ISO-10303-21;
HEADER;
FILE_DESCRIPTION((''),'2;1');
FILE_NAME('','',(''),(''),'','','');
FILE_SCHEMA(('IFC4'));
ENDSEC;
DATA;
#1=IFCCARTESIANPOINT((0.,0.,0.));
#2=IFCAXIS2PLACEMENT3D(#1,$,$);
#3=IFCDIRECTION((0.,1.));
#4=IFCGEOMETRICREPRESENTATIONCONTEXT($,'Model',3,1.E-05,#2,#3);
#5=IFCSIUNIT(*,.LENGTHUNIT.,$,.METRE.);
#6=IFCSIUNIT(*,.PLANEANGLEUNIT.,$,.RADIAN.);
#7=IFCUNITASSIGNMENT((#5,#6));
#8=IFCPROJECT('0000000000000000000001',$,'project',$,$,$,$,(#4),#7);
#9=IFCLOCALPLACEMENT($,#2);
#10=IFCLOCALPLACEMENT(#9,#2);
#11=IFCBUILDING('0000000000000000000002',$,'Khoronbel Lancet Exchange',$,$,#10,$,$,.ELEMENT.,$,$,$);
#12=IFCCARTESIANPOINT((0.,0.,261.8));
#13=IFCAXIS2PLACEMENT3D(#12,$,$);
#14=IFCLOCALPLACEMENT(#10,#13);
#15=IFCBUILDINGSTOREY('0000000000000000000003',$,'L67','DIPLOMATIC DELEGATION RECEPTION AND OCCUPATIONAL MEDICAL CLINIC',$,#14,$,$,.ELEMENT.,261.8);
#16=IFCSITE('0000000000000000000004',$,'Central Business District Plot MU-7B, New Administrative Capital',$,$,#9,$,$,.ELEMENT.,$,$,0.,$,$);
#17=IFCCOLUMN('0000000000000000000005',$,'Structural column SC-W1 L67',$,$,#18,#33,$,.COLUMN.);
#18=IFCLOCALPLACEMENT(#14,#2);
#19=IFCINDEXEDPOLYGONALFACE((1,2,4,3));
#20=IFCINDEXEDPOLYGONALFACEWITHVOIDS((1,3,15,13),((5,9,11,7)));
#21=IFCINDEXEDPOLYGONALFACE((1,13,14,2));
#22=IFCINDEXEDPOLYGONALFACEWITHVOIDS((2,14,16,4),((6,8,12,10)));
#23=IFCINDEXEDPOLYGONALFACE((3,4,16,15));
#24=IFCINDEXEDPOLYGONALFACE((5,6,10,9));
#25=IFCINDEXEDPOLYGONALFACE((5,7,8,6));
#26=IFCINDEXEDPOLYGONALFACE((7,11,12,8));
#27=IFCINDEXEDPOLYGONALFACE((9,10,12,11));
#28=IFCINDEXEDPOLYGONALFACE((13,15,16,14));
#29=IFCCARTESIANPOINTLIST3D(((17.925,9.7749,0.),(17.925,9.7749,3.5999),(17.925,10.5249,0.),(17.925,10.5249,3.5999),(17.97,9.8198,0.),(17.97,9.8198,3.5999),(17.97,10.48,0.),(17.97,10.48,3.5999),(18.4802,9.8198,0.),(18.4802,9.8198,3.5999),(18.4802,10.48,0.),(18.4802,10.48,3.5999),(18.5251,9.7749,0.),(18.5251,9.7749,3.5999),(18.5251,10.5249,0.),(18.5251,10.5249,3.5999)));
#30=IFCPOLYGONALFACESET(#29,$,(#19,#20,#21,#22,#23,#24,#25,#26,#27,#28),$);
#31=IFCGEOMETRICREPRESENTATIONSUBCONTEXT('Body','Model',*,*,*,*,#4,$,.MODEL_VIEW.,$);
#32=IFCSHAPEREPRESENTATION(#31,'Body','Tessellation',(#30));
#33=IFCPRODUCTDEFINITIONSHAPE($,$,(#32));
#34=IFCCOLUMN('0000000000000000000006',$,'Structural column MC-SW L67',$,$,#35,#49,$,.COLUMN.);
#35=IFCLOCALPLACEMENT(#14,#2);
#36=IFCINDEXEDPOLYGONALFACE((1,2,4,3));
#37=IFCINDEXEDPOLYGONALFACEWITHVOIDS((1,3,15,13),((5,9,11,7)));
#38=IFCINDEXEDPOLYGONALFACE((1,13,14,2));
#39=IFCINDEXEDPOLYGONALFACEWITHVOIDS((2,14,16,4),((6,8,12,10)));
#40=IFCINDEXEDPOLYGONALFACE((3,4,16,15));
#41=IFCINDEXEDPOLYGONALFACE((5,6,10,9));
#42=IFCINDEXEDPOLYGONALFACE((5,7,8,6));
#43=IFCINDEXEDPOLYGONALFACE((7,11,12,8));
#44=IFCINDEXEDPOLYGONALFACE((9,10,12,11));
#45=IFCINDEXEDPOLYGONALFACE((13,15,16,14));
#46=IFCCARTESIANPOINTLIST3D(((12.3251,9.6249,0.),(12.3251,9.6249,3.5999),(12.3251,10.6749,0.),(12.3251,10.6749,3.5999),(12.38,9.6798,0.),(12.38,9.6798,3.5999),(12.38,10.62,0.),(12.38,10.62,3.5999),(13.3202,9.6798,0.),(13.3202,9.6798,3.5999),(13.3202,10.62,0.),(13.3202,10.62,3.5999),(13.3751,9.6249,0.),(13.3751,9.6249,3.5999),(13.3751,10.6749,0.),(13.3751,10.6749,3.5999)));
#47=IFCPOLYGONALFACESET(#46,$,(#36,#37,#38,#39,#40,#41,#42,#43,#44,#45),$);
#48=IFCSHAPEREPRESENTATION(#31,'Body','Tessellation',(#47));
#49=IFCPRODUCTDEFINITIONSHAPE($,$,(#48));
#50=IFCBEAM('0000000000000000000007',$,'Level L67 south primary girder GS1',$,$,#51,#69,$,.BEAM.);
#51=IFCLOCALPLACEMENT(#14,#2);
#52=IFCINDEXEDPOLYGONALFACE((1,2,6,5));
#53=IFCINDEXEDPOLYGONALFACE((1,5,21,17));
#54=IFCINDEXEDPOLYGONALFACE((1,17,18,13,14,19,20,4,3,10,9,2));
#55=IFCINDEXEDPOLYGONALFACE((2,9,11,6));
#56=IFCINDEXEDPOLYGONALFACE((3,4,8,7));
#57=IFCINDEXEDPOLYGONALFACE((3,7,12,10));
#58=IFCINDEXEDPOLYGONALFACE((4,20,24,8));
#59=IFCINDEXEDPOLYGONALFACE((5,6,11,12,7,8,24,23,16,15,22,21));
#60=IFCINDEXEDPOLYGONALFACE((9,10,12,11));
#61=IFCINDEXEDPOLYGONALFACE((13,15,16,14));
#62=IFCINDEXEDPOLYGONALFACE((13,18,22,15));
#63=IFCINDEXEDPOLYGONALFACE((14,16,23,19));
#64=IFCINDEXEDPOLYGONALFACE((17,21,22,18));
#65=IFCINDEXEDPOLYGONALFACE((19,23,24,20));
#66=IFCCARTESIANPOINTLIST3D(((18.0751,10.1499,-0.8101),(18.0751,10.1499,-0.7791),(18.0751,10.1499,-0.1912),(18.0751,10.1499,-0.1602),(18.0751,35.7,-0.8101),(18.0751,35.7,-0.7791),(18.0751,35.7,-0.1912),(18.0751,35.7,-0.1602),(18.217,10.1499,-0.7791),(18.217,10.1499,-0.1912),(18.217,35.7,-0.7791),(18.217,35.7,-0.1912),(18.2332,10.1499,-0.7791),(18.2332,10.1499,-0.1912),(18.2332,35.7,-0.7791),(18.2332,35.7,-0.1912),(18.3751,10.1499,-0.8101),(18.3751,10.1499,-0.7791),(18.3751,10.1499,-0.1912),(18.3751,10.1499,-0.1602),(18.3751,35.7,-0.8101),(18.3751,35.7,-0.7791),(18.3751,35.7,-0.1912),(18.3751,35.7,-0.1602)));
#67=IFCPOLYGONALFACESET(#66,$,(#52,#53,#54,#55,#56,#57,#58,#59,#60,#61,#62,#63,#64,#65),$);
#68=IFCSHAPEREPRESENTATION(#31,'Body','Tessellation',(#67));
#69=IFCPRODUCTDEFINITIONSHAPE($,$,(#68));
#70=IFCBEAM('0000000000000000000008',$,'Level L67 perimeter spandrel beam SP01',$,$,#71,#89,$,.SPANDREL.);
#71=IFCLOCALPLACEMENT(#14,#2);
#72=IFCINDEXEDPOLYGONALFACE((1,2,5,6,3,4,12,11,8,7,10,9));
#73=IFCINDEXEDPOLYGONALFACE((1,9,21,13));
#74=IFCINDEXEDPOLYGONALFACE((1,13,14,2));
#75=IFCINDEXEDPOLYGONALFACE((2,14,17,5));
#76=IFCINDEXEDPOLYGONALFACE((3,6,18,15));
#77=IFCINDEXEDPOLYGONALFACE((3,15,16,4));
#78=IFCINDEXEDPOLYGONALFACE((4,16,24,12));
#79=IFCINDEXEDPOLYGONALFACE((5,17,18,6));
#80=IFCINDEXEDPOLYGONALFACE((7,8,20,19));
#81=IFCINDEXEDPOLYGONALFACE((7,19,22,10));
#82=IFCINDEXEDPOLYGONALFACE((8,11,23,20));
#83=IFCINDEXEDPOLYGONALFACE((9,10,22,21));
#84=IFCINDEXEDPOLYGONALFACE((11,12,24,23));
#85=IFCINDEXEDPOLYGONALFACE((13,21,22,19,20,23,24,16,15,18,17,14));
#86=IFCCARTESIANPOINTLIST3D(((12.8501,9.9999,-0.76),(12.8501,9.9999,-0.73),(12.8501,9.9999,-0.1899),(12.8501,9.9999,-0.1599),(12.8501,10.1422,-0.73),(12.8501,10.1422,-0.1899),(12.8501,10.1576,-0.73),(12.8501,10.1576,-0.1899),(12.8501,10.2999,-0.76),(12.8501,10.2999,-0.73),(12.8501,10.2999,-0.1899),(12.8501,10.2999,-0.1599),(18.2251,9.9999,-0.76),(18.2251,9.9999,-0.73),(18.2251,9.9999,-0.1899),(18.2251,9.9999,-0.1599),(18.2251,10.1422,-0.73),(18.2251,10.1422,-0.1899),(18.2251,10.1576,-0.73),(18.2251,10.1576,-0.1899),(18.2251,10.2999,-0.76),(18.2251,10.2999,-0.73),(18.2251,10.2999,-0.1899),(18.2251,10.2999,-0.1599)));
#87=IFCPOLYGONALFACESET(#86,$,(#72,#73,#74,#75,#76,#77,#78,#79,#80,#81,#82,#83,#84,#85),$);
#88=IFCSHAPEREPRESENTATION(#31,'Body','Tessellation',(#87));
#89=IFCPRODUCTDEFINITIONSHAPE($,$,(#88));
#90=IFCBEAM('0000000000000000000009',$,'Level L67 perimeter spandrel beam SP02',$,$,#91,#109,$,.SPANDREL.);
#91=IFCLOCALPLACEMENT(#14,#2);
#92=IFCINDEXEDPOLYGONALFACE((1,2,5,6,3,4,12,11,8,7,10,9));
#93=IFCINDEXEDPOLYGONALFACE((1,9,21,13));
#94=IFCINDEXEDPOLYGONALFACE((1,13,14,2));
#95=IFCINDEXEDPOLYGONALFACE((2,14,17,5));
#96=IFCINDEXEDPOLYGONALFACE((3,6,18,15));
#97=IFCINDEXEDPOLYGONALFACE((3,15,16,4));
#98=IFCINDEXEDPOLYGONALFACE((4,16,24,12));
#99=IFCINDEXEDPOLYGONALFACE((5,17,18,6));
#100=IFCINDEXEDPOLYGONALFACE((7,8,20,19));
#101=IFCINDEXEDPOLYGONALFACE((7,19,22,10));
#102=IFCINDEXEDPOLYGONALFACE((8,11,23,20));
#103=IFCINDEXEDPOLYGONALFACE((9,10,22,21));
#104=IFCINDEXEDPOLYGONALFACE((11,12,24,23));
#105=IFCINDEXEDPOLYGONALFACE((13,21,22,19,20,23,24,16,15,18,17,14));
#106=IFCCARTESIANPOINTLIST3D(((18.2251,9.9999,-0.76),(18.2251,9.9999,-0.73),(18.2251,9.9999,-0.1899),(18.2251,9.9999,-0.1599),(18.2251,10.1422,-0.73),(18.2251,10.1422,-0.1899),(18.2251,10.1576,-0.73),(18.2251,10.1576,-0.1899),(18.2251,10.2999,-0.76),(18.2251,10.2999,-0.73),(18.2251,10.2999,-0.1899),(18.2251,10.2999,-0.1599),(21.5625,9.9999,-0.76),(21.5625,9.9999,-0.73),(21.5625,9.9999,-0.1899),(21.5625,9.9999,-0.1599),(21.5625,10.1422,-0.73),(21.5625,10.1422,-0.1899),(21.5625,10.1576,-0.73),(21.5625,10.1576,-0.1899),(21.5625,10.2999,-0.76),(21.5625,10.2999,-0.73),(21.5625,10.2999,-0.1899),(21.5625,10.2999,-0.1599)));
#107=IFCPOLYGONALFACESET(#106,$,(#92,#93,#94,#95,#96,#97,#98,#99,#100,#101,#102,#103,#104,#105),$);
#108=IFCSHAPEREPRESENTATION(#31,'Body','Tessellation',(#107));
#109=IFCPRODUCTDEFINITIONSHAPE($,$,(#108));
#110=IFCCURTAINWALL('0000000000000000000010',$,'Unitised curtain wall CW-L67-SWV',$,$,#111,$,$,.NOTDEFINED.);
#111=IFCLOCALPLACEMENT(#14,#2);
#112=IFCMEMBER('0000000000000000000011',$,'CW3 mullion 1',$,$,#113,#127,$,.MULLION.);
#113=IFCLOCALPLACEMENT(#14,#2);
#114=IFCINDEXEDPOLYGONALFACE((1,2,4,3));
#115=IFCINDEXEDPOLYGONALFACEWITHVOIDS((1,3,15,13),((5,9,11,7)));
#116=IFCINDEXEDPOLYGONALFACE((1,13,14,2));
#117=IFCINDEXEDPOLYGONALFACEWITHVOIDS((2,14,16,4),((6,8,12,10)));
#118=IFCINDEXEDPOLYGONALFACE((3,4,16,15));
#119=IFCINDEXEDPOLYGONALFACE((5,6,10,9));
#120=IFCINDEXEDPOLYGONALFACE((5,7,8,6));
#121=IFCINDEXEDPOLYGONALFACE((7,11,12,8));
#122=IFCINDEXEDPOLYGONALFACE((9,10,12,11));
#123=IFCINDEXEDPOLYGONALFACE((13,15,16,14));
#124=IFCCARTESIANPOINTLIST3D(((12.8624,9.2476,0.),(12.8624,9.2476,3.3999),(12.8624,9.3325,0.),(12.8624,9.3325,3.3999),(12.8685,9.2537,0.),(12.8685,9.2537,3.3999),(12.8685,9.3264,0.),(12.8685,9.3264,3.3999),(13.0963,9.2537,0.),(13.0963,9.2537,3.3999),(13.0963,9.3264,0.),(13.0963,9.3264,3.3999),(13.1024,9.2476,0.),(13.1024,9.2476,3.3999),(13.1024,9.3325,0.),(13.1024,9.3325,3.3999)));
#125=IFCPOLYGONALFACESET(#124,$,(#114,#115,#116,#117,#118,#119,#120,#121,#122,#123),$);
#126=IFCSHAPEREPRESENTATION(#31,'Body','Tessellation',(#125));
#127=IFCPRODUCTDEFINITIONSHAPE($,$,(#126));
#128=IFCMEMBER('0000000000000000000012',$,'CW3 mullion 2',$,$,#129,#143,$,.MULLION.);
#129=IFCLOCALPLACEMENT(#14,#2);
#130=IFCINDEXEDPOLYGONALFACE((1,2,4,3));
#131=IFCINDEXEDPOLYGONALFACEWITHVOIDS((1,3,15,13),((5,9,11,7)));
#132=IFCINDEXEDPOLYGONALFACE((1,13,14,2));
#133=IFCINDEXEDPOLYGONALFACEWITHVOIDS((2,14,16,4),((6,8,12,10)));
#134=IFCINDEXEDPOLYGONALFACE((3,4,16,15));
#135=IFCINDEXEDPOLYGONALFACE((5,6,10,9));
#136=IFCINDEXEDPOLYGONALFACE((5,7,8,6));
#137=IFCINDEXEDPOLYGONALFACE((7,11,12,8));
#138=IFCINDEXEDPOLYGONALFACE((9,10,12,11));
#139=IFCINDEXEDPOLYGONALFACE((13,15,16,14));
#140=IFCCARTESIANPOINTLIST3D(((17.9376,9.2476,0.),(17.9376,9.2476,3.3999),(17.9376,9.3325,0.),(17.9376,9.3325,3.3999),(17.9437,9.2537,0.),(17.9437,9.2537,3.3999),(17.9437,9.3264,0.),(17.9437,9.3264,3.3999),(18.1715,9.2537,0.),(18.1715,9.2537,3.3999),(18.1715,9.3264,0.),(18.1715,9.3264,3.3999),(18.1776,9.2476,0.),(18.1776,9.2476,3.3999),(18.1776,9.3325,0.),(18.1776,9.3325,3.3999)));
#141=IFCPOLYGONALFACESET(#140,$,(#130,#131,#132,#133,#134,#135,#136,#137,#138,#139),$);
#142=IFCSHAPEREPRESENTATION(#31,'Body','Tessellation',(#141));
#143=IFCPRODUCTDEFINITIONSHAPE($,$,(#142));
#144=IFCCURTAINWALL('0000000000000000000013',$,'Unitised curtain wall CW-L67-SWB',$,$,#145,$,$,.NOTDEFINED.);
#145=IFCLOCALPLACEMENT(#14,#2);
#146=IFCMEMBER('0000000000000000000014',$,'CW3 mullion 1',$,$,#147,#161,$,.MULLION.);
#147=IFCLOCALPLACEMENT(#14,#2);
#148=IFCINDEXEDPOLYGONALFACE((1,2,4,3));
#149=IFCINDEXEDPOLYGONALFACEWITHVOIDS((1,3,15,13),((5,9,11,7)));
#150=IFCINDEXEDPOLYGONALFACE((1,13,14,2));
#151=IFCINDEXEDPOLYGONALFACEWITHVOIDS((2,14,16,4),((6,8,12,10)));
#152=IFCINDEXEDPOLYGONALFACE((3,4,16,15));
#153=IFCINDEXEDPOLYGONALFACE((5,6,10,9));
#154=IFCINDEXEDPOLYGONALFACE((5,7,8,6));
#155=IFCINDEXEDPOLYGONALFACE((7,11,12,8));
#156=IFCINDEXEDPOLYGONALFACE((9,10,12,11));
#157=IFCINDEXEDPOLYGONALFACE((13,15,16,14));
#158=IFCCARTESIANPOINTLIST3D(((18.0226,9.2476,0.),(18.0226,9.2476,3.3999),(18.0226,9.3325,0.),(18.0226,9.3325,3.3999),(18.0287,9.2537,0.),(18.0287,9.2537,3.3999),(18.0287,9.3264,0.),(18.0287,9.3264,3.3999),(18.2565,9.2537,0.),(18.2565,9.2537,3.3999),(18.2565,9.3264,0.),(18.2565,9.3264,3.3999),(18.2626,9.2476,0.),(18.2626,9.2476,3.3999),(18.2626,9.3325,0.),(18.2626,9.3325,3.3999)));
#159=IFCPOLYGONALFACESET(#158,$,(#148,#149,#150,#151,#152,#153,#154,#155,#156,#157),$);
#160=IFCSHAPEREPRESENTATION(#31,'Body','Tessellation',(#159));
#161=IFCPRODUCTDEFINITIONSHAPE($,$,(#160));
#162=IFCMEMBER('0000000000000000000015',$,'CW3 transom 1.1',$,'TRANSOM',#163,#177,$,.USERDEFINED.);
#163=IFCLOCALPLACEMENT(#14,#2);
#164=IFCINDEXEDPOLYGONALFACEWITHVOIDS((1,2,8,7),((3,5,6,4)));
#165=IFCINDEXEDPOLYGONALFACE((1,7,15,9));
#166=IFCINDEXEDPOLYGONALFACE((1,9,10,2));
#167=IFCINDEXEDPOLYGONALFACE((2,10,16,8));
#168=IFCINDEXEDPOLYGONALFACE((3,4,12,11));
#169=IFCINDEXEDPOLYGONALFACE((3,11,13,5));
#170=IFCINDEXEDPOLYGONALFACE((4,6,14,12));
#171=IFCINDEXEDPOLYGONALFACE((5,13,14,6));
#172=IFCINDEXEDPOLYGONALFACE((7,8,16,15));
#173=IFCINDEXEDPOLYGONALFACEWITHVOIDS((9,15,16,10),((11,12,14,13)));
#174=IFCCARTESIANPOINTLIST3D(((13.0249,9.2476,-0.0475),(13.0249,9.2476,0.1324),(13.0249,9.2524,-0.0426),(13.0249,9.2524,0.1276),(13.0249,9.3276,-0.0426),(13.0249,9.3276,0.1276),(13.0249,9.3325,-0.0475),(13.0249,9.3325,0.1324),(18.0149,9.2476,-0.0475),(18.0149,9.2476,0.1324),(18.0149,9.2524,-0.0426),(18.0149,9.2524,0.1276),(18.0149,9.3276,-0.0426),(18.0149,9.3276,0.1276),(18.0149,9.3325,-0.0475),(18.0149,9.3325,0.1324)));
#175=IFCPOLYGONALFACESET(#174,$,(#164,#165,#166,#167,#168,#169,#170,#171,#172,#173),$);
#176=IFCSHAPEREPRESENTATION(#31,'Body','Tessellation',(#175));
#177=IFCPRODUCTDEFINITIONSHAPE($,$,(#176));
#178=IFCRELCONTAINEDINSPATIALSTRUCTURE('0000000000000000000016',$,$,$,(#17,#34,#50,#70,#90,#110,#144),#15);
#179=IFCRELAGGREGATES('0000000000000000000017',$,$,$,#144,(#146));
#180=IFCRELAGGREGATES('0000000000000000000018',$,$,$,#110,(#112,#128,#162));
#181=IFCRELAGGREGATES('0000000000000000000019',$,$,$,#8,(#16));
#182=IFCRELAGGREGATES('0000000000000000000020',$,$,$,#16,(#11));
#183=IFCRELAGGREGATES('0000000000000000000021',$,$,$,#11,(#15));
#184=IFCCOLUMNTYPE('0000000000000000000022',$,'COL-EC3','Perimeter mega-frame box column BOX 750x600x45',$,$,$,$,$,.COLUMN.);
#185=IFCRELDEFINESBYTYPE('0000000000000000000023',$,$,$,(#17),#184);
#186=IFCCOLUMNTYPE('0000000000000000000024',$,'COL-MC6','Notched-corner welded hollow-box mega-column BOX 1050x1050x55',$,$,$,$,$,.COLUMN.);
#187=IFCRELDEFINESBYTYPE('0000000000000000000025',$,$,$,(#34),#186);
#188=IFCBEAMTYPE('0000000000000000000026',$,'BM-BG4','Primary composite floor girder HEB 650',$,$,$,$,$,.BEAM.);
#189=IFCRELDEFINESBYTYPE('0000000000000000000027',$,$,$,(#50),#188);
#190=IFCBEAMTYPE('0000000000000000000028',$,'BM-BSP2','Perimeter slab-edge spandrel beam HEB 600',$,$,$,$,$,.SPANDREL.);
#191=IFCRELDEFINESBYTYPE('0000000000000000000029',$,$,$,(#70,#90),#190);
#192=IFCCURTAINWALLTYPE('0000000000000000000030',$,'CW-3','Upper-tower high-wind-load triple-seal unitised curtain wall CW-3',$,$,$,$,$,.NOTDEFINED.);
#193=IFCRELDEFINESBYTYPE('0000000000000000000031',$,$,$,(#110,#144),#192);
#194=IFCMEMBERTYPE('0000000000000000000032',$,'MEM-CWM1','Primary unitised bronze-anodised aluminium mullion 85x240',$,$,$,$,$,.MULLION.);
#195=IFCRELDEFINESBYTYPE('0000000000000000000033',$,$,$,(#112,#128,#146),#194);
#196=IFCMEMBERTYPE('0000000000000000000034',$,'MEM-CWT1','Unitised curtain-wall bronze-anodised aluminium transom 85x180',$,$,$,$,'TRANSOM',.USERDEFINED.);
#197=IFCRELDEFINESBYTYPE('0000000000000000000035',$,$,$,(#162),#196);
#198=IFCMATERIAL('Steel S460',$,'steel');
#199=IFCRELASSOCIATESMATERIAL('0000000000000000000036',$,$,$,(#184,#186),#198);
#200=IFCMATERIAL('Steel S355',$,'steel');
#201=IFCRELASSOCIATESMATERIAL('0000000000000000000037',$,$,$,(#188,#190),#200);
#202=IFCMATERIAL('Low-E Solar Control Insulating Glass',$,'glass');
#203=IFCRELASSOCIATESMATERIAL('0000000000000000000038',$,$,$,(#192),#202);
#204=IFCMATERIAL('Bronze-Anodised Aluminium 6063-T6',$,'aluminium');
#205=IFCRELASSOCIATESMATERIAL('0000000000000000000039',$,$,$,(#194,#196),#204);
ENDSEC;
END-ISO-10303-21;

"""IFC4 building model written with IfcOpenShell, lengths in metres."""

from ifc_helpers import new_model, si_unit, direction, frame, origin, origin_2d, place, context, subcontext, project, spatial, hollow_rectangle, i_section, extrude, material, material_profile, profile_set, type_object, element, aggregate, save


model = new_model("IFC4")

# Units and contexts
model_context = context("Model", 3, precision=1e-05, world=origin(), true_north=direction((0.0, 1.0)))
body_context = subcontext(model_context, "Body", "Model", "MODEL_VIEW")
ifc_project = project(units=[si_unit("LENGTHUNIT", "METRE"), si_unit("PLANEANGLEUNIT", "RADIAN")], contexts=[model_context])

# Site, building, storey
site_placement = place(None, origin())
site = spatial("IfcSite", under=ifc_project, at=site_placement, Name="Central Business District Plot MU-7B, New Administrative Capital", CompositionType="ELEMENT", RefElevation=0.0)
building_placement = place(site_placement, origin())
building = spatial("IfcBuilding", under=site, at=building_placement, Name="Khoronbel Lancet Exchange", CompositionType="ELEMENT")
storey_placement = place(building_placement, frame((0.0, 0.0, 261.8)))
storey = spatial("IfcBuildingStorey", under=building, at=storey_placement, Name="L67", Description="DIPLOMATIC DELEGATION RECEPTION AND OCCUPATIONAL MEDICAL CLINIC", CompositionType="ELEMENT", Elevation=261.8)

# Columns
ifc_material_1 = material(Name="Steel S460", Category="steel")
ifc_material_profile_1 = material_profile(ifc_material_1, hollow_rectangle(XDim=0.6001, YDim=0.75, WallThickness=0.0449, at=origin_2d()), Name="BOX 750x600x45")
ifc_profile_set_1 = profile_set([ifc_material_profile_1], Name="Steel S460")
column_type_1 = type_object("IfcColumnType", Name="COL-EC3", Description="Perimeter mega-frame box column BOX 750x600x45", PredefinedType="COLUMN", material=ifc_profile_set_1)
column_1_placement = place(storey_placement, frame((18.2251, 10.1499, 0.0), z_axis=(0.0, 0.0, 1.0), x_axis=(1.0, 0.0, 0.0)))
element("IfcColumn", 1, at=column_1_placement, inside=storey, type_object=column_type_1, Name="Structural column SC-W1 L67", PredefinedType="COLUMN", context=body_context, shape_type="SweptSolid", body=[
    extrude(hollow_rectangle(XDim=0.6001, YDim=0.75, WallThickness=0.0449, at=origin_2d()), origin(), (0.0, 0.0, 1.0), 3.5999),
])
ifc_material_profile_2 = material_profile(ifc_material_1, hollow_rectangle(XDim=1.05, YDim=1.05, WallThickness=0.0549, at=origin_2d()), Name="BOX 1050x1050x55")
ifc_profile_set_2 = profile_set([ifc_material_profile_2], Name="Steel S460")
column_type_2 = type_object("IfcColumnType", Name="COL-MC6", Description="Notched-corner welded hollow-box mega-column BOX 1050x1050x55", PredefinedType="COLUMN", material=ifc_profile_set_2)
column_2_placement = place(storey_placement, frame((12.8501, 10.1499, 0.0), z_axis=(0.0, 0.0, 1.0), x_axis=(1.0, 0.0, 0.0)))
element("IfcColumn", 2, at=column_2_placement, inside=storey, type_object=column_type_2, Name="Structural column MC-SW L67", PredefinedType="COLUMN", context=body_context, shape_type="SweptSolid", body=[
    extrude(hollow_rectangle(XDim=1.05, YDim=1.05, WallThickness=0.0549, at=origin_2d()), origin(), (0.0, 0.0, 1.0), 3.5999),
])

# Beams
ifc_material_2 = material(Name="Steel S355", Category="steel")
ifc_material_profile_3 = material_profile(ifc_material_2, i_section(OverallWidth=0.3, OverallDepth=0.6499, WebThickness=0.0161, FlangeThickness=0.031, at=origin_2d()), Name="HEB 650")
ifc_profile_set_3 = profile_set([ifc_material_profile_3], Name="Steel S355")
beam_type_1 = type_object("IfcBeamType", Name="BM-BG4", Description="Primary composite floor girder HEB 650", PredefinedType="BEAM", material=ifc_profile_set_3)
beam_1_placement = place(storey_placement, frame((18.2251, 10.1499, -0.4851), z_axis=(0.0, 1.0, 0.0), x_axis=(-1.0, 0.0, 0.0)))
element("IfcBeam", 3, at=beam_1_placement, inside=storey, type_object=beam_type_1, Name="Level L67 south primary girder GS1", PredefinedType="BEAM", context=body_context, shape_type="SweptSolid", body=[
    extrude(i_section(OverallWidth=0.3, OverallDepth=0.6499, WebThickness=0.0161, FlangeThickness=0.031, at=origin_2d()), origin(), (0.0, 0.0, 1.0), 25.55),
])
ifc_material_profile_4 = material_profile(ifc_material_2, i_section(OverallWidth=0.3, OverallDepth=0.6001, WebThickness=0.0154, FlangeThickness=0.03, at=origin_2d()), Name="HEB 600")
ifc_profile_set_4 = profile_set([ifc_material_profile_4], Name="Steel S355")
beam_type_2 = type_object("IfcBeamType", Name="BM-BSP2", Description="Perimeter slab-edge spandrel beam HEB 600", PredefinedType="SPANDREL", material=ifc_profile_set_4)
beam_2_placement = place(storey_placement, frame((12.8501, 10.1499, -0.46), z_axis=(1.0, 0.0, 0.0), x_axis=(0.0, 1.0, 0.0)))
element("IfcBeam", 4, at=beam_2_placement, inside=storey, type_object=beam_type_2, Name="Level L67 perimeter spandrel beam SP01", PredefinedType="SPANDREL", context=body_context, shape_type="SweptSolid", body=[
    extrude(i_section(OverallWidth=0.3, OverallDepth=0.6001, WebThickness=0.0154, FlangeThickness=0.03, at=origin_2d()), origin(), (0.0, 0.0, 1.0), 5.375),
])
beam_3_placement = place(storey_placement, frame((18.2251, 10.1499, -0.46), z_axis=(1.0, 0.0, 0.0), x_axis=(0.0, 1.0, 0.0)))
element("IfcBeam", 5, at=beam_3_placement, inside=storey, type_object=beam_type_2, Name="Level L67 perimeter spandrel beam SP02", PredefinedType="SPANDREL", context=body_context, shape_type="SweptSolid", body=[
    extrude(i_section(OverallWidth=0.3, OverallDepth=0.6001, WebThickness=0.0154, FlangeThickness=0.03, at=origin_2d()), origin(), (0.0, 0.0, 1.0), 3.3374),
])

# Curtain wall, members
ifc_material_3 = material(Name="Low-E Solar Control Insulating Glass", Category="glass")
curtain_wall_type = type_object("IfcCurtainWallType", Name="CW-3", Description="Upper-tower high-wind-load triple-seal unitised curtain wall CW-3", PredefinedType="NOTDEFINED", material=ifc_material_3)
curtain_wall_1_placement = place(storey_placement, origin())
curtain_wall_1 = element("IfcCurtainWall", 6, at=curtain_wall_1_placement, inside=storey, type_object=curtain_wall_type, Name="Unitised curtain wall CW-L67-SWV", PredefinedType="NOTDEFINED")
ifc_material_4 = material(Name="Bronze-Anodised Aluminium 6063-T6", Category="aluminium")
ifc_material_profile_5 = material_profile(ifc_material_4, hollow_rectangle(XDim=0.085, YDim=0.24, WallThickness=0.0061, at=origin_2d()), Name="ALU MULLION 85x240")
ifc_profile_set_5 = profile_set([ifc_material_profile_5], Name="Bronze-Anodised Aluminium 6063-T6")
member_type_1 = type_object("IfcMemberType", Name="MEM-CWM1", Description="Primary unitised bronze-anodised aluminium mullion 85x240", PredefinedType="MULLION", material=ifc_profile_set_5)
member_1_placement = place(storey_placement, frame((12.9824, 9.29, 0.0), z_axis=(0.0, 0.0, 1.0), x_axis=(0.0, 1.0, 0.0)))
member_1 = element("IfcMember", 7, at=member_1_placement, type_object=member_type_1, Name="CW3 mullion 1", PredefinedType="MULLION", context=body_context, shape_type="SweptSolid", body=[
    extrude(hollow_rectangle(XDim=0.085, YDim=0.24, WallThickness=0.0061, at=origin_2d()), origin(), (0.0, 0.0, 1.0), 3.3999),
])
member_2_placement = place(storey_placement, frame((18.0576, 9.29, 0.0), z_axis=(0.0, 0.0, 1.0), x_axis=(0.0, 1.0, 0.0)))
member_2 = element("IfcMember", 8, at=member_2_placement, type_object=member_type_1, Name="CW3 mullion 2", PredefinedType="MULLION", context=body_context, shape_type="SweptSolid", body=[
    extrude(hollow_rectangle(XDim=0.085, YDim=0.24, WallThickness=0.0061, at=origin_2d()), origin(), (0.0, 0.0, 1.0), 3.3999),
])

# Curtain wall, member
curtain_wall_2_placement = place(storey_placement, origin())
curtain_wall_2 = element("IfcCurtainWall", 9, at=curtain_wall_2_placement, inside=storey, type_object=curtain_wall_type, Name="Unitised curtain wall CW-L67-SWB", PredefinedType="NOTDEFINED")
member_3_placement = place(storey_placement, frame((18.1426, 9.29, 0.0), z_axis=(0.0, 0.0, 1.0), x_axis=(0.0, 1.0, 0.0)))
member_3 = element("IfcMember", 10, at=member_3_placement, type_object=member_type_1, Name="CW3 mullion 1", PredefinedType="MULLION", context=body_context, shape_type="SweptSolid", body=[
    extrude(hollow_rectangle(XDim=0.085, YDim=0.24, WallThickness=0.0061, at=origin_2d()), origin(), (0.0, 0.0, 1.0), 3.3999),
])

# Member
ifc_material_profile_6 = material_profile(ifc_material_4, hollow_rectangle(XDim=0.085, YDim=0.1799, WallThickness=0.0049, at=origin_2d()), Name="ALU TRANSOM 85x180")
ifc_profile_set_6 = profile_set([ifc_material_profile_6], Name="Bronze-Anodised Aluminium 6063-T6")
member_type_2 = type_object("IfcMemberType", Name="MEM-CWT1", Description="Unitised curtain-wall bronze-anodised aluminium transom 85x180", ElementType="TRANSOM", PredefinedType="USERDEFINED", material=ifc_profile_set_6)
member_4_placement = place(storey_placement, frame((13.0249, 9.29, 0.0425), z_axis=(1.0, 0.0, 0.0), x_axis=(0.0, 1.0, 0.0)))
member_4 = element("IfcMember", 11, at=member_4_placement, type_object=member_type_2, Name="CW3 transom 1.1", ObjectType="TRANSOM", PredefinedType="USERDEFINED", context=body_context, shape_type="SweptSolid", body=[
    extrude(hollow_rectangle(XDim=0.085, YDim=0.1799, WallThickness=0.0049, at=origin_2d()), origin(), (0.0, 0.0, 1.0), 4.99),
])
aggregate(curtain_wall_2, [member_3])

aggregate(curtain_wall_1, [member_1, member_2, member_4])

save(model, "model.ifc")
